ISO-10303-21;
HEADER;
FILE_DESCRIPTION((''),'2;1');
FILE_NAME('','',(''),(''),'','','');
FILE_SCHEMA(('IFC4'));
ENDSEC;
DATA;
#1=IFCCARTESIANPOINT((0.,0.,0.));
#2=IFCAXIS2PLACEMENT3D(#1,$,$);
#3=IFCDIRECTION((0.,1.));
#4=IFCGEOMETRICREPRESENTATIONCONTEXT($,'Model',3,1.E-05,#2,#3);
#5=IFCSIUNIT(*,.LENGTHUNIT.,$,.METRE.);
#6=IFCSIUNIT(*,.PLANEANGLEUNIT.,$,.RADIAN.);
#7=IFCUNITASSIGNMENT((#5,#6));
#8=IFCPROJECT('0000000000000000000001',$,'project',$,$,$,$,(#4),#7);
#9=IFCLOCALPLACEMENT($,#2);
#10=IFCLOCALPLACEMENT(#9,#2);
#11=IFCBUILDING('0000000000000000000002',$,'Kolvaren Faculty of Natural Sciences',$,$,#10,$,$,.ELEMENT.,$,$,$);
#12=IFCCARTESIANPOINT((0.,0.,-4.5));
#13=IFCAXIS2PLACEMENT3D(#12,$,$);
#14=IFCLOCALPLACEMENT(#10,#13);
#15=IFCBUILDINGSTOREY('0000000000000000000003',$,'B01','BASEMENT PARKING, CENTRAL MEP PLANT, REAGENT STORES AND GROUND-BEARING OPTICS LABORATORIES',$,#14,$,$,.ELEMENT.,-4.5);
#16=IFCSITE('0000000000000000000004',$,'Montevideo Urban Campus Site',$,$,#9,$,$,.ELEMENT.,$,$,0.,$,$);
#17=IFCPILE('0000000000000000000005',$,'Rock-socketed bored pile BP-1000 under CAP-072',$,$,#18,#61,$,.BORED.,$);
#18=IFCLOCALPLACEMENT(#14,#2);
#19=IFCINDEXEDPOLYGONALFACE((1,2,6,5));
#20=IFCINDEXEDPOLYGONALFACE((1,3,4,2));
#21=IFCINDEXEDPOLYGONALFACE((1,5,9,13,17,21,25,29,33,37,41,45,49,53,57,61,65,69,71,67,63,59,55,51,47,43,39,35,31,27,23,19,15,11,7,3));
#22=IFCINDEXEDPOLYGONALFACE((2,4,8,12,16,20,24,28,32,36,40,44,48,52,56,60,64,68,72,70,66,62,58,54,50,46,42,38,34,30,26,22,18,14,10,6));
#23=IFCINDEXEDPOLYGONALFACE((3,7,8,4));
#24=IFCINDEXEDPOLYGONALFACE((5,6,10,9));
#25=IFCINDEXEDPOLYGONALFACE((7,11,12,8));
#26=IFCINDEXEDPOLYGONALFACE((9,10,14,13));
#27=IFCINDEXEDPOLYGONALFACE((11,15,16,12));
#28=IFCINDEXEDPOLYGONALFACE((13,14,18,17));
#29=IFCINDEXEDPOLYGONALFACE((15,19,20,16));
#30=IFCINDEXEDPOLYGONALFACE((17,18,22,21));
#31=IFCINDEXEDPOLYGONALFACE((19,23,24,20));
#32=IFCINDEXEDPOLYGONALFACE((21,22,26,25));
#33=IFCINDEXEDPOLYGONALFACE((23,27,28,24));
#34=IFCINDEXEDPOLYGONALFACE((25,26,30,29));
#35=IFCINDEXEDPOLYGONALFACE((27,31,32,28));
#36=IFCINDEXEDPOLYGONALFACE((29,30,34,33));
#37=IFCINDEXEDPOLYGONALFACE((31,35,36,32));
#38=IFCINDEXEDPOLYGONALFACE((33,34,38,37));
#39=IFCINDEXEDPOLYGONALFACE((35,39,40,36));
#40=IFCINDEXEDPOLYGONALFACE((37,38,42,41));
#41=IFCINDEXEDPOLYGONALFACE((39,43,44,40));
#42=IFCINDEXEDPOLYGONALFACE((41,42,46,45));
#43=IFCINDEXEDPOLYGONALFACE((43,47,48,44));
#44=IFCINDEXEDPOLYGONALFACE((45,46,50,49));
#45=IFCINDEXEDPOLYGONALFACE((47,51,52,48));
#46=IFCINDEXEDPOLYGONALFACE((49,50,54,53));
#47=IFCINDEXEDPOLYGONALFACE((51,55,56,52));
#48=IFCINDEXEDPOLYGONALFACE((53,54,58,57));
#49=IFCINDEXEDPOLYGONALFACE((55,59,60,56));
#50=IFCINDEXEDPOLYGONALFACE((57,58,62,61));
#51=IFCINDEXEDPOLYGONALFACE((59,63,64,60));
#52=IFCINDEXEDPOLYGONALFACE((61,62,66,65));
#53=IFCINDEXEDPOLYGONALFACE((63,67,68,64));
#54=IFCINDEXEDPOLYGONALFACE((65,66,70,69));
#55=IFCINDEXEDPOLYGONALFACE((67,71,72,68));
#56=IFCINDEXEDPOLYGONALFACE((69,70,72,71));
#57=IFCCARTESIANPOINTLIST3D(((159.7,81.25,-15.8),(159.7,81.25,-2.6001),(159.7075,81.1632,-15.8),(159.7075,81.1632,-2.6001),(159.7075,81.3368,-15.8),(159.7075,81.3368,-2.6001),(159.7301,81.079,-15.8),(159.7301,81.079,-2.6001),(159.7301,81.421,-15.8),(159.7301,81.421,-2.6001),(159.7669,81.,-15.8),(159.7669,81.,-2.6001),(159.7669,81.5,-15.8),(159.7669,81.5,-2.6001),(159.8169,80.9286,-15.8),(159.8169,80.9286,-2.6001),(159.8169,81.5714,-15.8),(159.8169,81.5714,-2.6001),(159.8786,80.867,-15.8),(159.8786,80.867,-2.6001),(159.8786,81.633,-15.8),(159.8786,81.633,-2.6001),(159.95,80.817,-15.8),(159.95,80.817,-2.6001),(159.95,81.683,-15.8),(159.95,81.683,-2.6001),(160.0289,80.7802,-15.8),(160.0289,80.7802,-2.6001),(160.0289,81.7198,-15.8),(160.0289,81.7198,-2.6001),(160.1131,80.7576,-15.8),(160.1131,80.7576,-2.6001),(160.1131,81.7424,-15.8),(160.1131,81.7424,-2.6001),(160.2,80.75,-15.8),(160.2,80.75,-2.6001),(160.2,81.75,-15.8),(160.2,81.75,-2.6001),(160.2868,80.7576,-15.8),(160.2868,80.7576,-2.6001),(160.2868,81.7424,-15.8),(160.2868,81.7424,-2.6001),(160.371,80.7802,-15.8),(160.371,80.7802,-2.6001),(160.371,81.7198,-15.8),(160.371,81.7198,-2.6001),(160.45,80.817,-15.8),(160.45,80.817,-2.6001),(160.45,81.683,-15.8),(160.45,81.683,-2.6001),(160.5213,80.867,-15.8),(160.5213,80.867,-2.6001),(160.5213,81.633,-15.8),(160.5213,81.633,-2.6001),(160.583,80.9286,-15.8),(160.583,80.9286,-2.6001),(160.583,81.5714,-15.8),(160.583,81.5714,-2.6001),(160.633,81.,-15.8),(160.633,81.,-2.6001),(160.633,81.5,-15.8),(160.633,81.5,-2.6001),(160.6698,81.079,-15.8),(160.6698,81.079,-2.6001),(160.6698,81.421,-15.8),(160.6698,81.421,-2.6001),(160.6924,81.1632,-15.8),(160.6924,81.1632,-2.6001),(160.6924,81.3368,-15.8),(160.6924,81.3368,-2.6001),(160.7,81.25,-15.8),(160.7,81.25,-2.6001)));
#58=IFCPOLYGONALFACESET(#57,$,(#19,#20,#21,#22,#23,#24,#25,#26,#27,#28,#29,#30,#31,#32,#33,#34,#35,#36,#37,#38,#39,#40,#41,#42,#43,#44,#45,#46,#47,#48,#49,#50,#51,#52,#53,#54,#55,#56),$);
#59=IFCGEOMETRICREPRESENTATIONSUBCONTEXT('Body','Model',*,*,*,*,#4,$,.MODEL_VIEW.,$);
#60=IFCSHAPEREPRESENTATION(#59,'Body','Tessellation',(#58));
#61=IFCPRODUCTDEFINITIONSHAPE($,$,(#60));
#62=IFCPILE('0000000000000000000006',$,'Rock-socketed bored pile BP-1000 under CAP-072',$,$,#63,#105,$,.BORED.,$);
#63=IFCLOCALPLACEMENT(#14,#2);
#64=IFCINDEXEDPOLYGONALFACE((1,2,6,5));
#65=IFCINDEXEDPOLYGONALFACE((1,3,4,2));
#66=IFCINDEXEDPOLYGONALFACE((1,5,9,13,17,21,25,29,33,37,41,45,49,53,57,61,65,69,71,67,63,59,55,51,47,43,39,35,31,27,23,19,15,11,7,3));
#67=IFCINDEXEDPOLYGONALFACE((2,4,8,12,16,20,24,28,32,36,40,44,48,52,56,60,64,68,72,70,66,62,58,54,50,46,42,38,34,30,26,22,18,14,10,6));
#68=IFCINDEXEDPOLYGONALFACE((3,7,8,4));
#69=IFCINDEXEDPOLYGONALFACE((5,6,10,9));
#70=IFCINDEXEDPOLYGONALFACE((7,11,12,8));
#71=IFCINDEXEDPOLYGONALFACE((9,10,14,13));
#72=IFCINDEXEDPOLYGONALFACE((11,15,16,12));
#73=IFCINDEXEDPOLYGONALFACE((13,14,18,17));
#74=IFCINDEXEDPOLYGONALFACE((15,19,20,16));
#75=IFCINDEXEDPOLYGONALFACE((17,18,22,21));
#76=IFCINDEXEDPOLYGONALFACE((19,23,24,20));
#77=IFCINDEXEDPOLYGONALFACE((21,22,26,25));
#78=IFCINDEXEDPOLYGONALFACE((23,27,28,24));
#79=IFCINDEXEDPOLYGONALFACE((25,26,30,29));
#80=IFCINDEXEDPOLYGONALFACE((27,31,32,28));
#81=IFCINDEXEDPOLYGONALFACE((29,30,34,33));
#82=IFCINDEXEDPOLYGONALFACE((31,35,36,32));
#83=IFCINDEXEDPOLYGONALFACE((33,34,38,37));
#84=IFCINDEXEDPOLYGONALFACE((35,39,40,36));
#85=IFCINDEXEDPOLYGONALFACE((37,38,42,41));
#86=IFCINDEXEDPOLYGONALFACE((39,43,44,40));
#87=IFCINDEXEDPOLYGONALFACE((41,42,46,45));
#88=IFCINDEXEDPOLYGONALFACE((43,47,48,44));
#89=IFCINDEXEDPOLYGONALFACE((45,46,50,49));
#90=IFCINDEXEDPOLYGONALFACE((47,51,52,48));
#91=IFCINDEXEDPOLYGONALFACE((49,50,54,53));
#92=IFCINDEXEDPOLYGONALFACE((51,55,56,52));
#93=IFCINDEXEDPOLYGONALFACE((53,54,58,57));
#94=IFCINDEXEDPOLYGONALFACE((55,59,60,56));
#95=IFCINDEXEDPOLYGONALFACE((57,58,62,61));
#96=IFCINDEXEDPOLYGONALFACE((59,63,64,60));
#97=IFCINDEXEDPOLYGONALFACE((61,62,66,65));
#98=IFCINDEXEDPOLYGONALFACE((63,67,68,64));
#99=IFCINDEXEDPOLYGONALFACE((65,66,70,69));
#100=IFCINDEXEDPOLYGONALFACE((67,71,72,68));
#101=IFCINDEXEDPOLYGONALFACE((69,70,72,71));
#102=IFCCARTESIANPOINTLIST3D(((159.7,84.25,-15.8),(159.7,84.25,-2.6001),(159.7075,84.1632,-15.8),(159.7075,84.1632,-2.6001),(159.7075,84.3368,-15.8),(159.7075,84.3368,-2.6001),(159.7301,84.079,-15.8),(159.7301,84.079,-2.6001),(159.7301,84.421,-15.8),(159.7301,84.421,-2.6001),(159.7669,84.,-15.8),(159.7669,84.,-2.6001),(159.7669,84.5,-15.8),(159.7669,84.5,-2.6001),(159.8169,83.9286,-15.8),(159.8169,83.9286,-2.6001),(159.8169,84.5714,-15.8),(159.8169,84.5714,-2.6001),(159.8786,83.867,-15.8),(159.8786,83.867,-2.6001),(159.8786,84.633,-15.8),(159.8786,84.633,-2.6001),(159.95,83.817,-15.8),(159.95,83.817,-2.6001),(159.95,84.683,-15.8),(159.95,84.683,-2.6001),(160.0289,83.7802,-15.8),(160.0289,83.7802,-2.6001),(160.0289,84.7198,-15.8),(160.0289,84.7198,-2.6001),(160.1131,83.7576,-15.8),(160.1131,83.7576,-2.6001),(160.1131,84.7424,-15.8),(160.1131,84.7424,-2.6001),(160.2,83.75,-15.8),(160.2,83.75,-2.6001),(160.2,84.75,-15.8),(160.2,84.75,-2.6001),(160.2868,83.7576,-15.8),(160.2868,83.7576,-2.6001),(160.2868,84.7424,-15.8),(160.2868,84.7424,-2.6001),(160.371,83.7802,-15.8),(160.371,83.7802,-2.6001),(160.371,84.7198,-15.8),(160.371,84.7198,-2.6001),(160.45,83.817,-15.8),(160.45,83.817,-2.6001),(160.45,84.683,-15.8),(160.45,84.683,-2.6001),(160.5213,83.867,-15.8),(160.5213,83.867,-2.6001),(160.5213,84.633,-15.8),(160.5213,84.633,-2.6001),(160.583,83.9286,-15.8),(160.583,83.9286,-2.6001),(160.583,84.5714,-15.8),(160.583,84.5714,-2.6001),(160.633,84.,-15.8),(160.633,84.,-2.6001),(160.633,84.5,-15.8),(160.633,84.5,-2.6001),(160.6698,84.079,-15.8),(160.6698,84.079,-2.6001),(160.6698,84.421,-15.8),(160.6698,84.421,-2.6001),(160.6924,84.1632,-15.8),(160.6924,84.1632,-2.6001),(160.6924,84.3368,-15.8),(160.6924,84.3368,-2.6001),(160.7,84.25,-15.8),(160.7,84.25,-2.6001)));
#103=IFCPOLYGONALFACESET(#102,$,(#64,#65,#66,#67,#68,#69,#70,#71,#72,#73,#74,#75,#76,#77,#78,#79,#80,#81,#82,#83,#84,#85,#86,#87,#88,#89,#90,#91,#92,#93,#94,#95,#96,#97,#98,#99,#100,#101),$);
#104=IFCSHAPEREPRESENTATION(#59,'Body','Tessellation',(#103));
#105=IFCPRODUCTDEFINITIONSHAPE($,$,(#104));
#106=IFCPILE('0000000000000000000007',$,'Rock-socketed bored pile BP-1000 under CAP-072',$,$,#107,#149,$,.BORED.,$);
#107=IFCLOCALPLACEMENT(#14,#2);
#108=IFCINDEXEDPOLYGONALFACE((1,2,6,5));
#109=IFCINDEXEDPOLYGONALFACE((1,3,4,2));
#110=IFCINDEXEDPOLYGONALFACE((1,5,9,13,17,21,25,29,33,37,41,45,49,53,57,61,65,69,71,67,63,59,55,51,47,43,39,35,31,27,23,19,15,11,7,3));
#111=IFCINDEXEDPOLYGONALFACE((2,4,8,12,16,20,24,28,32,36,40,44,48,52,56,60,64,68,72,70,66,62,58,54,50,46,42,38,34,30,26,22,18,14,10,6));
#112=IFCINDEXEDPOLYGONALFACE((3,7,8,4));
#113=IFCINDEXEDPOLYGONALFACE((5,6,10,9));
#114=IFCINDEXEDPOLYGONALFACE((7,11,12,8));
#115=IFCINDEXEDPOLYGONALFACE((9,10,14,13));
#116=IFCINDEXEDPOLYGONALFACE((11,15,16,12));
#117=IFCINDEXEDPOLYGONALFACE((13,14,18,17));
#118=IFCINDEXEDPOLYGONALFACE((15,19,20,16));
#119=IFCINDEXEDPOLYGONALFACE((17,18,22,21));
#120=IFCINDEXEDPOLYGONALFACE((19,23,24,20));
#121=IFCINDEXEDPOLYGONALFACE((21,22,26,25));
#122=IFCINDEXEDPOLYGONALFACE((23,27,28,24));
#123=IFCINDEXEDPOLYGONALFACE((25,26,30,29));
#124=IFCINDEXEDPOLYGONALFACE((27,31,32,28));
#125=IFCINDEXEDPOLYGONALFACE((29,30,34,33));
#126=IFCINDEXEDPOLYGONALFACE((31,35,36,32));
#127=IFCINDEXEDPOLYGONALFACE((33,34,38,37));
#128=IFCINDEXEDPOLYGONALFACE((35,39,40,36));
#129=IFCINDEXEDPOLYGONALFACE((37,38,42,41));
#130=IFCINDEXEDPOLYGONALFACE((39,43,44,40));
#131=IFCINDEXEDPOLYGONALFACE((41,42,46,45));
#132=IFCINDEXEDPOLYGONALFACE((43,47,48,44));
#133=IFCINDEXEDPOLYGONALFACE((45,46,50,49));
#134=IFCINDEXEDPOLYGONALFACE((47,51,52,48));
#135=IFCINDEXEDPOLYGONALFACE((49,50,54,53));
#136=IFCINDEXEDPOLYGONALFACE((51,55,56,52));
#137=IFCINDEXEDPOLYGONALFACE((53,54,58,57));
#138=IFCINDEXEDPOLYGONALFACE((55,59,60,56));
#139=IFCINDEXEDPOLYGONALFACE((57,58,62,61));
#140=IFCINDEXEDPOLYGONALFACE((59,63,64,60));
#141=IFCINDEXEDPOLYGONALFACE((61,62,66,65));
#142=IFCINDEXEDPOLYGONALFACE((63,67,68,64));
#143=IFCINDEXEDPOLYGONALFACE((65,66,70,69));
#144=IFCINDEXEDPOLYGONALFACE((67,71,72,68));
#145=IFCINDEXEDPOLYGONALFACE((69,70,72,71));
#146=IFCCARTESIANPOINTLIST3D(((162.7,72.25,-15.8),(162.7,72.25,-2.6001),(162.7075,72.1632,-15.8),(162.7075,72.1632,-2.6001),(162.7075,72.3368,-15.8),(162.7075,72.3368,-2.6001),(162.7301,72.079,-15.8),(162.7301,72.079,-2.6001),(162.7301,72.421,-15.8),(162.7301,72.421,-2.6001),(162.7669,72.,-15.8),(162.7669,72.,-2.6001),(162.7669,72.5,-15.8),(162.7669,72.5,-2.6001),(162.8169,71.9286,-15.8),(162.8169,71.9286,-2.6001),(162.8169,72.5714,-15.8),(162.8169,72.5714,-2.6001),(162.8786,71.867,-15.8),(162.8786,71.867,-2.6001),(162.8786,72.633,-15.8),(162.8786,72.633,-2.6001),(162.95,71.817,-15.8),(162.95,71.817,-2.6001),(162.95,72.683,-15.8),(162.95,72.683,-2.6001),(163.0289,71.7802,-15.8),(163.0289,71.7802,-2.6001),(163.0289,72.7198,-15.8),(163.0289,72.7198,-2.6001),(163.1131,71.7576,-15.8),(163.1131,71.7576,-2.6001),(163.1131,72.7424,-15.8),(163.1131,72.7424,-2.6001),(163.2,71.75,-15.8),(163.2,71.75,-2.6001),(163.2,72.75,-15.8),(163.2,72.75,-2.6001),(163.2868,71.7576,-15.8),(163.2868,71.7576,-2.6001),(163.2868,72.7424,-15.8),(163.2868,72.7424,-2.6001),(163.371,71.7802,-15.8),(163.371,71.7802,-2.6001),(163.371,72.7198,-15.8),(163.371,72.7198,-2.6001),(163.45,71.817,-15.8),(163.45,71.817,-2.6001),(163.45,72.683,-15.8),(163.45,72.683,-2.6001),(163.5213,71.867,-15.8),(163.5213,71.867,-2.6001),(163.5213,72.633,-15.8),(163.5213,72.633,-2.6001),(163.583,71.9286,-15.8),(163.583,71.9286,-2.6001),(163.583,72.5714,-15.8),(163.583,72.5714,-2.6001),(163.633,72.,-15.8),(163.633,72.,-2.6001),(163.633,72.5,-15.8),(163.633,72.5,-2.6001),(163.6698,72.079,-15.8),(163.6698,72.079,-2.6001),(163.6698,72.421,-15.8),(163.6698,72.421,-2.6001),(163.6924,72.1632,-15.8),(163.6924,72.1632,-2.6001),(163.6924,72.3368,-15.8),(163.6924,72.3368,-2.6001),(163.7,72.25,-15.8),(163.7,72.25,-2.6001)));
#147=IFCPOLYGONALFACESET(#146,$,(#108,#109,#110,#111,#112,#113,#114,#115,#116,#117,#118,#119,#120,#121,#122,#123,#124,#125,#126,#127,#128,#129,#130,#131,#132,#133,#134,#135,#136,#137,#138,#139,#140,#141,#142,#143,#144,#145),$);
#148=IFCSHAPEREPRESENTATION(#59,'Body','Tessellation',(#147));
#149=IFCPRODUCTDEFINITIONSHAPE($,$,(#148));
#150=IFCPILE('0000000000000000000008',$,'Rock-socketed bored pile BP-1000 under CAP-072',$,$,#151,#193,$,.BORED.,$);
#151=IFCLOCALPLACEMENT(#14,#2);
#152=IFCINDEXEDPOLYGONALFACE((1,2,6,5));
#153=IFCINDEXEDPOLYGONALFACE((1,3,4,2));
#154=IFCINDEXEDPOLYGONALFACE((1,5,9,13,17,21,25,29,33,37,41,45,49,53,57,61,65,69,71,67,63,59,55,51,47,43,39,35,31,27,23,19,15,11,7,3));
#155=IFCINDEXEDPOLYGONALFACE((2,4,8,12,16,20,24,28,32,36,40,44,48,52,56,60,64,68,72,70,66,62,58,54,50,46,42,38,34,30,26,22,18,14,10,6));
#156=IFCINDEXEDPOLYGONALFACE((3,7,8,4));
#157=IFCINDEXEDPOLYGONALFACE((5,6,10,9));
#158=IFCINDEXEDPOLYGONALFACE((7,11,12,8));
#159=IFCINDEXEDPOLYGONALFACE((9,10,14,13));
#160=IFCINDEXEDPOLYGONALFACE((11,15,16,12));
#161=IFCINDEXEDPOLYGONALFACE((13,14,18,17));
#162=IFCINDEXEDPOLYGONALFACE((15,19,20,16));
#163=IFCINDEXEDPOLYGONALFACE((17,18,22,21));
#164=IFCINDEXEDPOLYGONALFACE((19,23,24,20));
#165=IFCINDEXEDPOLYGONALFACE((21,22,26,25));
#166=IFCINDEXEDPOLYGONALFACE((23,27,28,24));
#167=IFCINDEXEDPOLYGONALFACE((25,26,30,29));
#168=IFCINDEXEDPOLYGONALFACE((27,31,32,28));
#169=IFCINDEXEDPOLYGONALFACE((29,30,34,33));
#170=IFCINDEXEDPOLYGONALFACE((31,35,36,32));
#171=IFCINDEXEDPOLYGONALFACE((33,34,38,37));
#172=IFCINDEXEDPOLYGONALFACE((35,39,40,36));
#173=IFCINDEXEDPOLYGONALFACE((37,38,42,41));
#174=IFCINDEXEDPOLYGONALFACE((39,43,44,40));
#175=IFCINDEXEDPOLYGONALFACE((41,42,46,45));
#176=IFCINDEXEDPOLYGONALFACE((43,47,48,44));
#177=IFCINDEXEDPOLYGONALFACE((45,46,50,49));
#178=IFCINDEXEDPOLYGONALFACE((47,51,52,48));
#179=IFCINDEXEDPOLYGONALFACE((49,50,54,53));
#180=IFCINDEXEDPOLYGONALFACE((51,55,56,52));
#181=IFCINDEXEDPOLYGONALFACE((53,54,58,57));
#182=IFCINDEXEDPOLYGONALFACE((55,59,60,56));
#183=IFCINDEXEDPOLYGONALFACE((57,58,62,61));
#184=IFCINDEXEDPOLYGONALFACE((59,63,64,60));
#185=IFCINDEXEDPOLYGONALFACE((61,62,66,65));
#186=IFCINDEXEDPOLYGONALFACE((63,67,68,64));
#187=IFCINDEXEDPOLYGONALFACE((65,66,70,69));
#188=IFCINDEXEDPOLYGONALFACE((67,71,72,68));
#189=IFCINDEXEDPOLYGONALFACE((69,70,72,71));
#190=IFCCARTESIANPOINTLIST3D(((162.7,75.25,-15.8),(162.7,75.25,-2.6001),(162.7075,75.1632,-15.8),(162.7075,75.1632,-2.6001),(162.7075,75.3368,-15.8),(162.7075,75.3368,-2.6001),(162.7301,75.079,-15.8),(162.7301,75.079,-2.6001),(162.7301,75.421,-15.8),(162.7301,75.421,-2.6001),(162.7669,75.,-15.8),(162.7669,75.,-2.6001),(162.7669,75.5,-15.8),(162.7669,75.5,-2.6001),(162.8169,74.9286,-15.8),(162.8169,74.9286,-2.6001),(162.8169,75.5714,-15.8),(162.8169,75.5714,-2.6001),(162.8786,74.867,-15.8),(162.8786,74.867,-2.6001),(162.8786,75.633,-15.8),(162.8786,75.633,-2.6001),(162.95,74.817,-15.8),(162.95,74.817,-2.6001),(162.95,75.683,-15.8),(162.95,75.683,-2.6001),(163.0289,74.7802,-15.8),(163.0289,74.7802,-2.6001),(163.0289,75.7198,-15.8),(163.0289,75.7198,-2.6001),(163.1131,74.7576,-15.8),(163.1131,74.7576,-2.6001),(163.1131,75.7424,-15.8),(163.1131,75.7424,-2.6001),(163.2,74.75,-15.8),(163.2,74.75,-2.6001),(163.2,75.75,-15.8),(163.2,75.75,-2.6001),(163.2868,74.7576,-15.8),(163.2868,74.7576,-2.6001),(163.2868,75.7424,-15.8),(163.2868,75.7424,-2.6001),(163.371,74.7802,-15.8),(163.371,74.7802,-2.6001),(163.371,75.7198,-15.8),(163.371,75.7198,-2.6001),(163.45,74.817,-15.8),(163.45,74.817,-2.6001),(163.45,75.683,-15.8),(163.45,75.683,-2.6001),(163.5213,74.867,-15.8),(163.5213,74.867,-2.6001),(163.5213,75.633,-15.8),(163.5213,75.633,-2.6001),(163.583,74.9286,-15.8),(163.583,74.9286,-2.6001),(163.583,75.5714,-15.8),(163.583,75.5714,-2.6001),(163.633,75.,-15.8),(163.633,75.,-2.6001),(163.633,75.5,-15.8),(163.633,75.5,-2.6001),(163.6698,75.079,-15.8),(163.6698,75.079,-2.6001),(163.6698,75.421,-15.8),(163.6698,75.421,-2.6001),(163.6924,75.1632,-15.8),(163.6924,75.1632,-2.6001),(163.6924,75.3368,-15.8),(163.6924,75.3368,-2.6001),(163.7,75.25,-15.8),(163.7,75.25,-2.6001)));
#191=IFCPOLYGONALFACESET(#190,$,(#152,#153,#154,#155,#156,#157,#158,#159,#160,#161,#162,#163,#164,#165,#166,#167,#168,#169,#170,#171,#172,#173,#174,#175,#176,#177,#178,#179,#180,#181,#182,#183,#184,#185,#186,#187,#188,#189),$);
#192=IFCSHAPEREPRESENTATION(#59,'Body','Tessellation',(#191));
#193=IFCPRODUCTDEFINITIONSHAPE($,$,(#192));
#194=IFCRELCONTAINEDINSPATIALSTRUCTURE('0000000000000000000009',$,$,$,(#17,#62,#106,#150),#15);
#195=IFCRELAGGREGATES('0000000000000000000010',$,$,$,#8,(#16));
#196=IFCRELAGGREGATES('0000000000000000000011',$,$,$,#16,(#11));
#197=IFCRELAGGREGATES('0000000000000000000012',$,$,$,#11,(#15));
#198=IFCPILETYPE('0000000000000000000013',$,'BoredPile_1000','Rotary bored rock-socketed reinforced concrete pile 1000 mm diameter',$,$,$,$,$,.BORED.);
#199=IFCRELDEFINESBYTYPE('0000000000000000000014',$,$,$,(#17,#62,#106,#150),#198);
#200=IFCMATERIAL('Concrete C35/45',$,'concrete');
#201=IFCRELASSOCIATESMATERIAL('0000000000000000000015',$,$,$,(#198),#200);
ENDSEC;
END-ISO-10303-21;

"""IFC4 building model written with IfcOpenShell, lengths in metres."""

from ifc_helpers import new_model, si_unit, direction, frame, origin, origin_2d, place, context, subcontext, project, spatial, circle, extrude, material, material_profile, profile_set, type_object, element, save


model = new_model("IFC4")

# Units and contexts
model_context = context("Model", 3, precision=1e-05, world=origin(), true_north=direction((0.0, 1.0)))
body_context = subcontext(model_context, "Body", "Model", "MODEL_VIEW")
ifc_project = project(units=[si_unit("LENGTHUNIT", "METRE"), si_unit("PLANEANGLEUNIT", "RADIAN")], contexts=[model_context])

# Site, building, storey
site_placement = place(None, origin())
site = spatial("IfcSite", under=ifc_project, at=site_placement, Name="Montevideo Urban Campus Site", CompositionType="ELEMENT", RefElevation=0.0)
building_placement = place(site_placement, origin())
building = spatial("IfcBuilding", under=site, at=building_placement, Name="Kolvaren Faculty of Natural Sciences", CompositionType="ELEMENT")
storey_placement = place(building_placement, frame((0.0, 0.0, -4.5)))
storey = spatial("IfcBuildingStorey", under=building, at=storey_placement, Name="B01", Description="BASEMENT PARKING, CENTRAL MEP PLANT, REAGENT STORES AND GROUND-BEARING OPTICS LABORATORIES", CompositionType="ELEMENT", Elevation=-4.5)

# Piles
ifc_material_1 = material(Name="Concrete C35/45", Category="concrete")
ifc_material_profile_1 = material_profile(ifc_material_1, circle(Radius=0.5, at=origin_2d()), Name="PILE D1000")
ifc_profile_set_1 = profile_set([ifc_material_profile_1], Name="Concrete C35/45")
pile_type = type_object("IfcPileType", Name="BoredPile_1000", Description="Rotary bored rock-socketed reinforced concrete pile 1000 mm diameter", PredefinedType="BORED", material=ifc_profile_set_1)
for number, where, z_axis, x_axis, name in (
    (1, (160.2, 81.25, -2.6001), (0.0, 0.0, -1.0), (1.0, 0.0, 0.0), "Rock-socketed bored pile BP-1000 under CAP-072"),
    (2, (160.2, 84.25, -2.6001), (0.0, 0.0, -1.0), (1.0, 0.0, 0.0), "Rock-socketed bored pile BP-1000 under CAP-072"),
    (3, (163.2, 72.25, -2.6001), (0.0, 0.0, -1.0), (1.0, 0.0, 0.0), "Rock-socketed bored pile BP-1000 under CAP-072"),
    (4, (163.2, 75.25, -2.6001), (0.0, 0.0, -1.0), (1.0, 0.0, 0.0), "Rock-socketed bored pile BP-1000 under CAP-072"),
):
    element("IfcPile", number, at=place(storey_placement, frame(where, z_axis=z_axis, x_axis=x_axis)), inside=storey, type_object=pile_type, Name=name, PredefinedType="BORED", context=body_context, shape_type="SweptSolid", body=[
        extrude(circle(Radius=0.5, at=origin_2d()), origin(), (0.0, 0.0, 1.0), 13.2),
    ])

save(model, "model.ifc")
